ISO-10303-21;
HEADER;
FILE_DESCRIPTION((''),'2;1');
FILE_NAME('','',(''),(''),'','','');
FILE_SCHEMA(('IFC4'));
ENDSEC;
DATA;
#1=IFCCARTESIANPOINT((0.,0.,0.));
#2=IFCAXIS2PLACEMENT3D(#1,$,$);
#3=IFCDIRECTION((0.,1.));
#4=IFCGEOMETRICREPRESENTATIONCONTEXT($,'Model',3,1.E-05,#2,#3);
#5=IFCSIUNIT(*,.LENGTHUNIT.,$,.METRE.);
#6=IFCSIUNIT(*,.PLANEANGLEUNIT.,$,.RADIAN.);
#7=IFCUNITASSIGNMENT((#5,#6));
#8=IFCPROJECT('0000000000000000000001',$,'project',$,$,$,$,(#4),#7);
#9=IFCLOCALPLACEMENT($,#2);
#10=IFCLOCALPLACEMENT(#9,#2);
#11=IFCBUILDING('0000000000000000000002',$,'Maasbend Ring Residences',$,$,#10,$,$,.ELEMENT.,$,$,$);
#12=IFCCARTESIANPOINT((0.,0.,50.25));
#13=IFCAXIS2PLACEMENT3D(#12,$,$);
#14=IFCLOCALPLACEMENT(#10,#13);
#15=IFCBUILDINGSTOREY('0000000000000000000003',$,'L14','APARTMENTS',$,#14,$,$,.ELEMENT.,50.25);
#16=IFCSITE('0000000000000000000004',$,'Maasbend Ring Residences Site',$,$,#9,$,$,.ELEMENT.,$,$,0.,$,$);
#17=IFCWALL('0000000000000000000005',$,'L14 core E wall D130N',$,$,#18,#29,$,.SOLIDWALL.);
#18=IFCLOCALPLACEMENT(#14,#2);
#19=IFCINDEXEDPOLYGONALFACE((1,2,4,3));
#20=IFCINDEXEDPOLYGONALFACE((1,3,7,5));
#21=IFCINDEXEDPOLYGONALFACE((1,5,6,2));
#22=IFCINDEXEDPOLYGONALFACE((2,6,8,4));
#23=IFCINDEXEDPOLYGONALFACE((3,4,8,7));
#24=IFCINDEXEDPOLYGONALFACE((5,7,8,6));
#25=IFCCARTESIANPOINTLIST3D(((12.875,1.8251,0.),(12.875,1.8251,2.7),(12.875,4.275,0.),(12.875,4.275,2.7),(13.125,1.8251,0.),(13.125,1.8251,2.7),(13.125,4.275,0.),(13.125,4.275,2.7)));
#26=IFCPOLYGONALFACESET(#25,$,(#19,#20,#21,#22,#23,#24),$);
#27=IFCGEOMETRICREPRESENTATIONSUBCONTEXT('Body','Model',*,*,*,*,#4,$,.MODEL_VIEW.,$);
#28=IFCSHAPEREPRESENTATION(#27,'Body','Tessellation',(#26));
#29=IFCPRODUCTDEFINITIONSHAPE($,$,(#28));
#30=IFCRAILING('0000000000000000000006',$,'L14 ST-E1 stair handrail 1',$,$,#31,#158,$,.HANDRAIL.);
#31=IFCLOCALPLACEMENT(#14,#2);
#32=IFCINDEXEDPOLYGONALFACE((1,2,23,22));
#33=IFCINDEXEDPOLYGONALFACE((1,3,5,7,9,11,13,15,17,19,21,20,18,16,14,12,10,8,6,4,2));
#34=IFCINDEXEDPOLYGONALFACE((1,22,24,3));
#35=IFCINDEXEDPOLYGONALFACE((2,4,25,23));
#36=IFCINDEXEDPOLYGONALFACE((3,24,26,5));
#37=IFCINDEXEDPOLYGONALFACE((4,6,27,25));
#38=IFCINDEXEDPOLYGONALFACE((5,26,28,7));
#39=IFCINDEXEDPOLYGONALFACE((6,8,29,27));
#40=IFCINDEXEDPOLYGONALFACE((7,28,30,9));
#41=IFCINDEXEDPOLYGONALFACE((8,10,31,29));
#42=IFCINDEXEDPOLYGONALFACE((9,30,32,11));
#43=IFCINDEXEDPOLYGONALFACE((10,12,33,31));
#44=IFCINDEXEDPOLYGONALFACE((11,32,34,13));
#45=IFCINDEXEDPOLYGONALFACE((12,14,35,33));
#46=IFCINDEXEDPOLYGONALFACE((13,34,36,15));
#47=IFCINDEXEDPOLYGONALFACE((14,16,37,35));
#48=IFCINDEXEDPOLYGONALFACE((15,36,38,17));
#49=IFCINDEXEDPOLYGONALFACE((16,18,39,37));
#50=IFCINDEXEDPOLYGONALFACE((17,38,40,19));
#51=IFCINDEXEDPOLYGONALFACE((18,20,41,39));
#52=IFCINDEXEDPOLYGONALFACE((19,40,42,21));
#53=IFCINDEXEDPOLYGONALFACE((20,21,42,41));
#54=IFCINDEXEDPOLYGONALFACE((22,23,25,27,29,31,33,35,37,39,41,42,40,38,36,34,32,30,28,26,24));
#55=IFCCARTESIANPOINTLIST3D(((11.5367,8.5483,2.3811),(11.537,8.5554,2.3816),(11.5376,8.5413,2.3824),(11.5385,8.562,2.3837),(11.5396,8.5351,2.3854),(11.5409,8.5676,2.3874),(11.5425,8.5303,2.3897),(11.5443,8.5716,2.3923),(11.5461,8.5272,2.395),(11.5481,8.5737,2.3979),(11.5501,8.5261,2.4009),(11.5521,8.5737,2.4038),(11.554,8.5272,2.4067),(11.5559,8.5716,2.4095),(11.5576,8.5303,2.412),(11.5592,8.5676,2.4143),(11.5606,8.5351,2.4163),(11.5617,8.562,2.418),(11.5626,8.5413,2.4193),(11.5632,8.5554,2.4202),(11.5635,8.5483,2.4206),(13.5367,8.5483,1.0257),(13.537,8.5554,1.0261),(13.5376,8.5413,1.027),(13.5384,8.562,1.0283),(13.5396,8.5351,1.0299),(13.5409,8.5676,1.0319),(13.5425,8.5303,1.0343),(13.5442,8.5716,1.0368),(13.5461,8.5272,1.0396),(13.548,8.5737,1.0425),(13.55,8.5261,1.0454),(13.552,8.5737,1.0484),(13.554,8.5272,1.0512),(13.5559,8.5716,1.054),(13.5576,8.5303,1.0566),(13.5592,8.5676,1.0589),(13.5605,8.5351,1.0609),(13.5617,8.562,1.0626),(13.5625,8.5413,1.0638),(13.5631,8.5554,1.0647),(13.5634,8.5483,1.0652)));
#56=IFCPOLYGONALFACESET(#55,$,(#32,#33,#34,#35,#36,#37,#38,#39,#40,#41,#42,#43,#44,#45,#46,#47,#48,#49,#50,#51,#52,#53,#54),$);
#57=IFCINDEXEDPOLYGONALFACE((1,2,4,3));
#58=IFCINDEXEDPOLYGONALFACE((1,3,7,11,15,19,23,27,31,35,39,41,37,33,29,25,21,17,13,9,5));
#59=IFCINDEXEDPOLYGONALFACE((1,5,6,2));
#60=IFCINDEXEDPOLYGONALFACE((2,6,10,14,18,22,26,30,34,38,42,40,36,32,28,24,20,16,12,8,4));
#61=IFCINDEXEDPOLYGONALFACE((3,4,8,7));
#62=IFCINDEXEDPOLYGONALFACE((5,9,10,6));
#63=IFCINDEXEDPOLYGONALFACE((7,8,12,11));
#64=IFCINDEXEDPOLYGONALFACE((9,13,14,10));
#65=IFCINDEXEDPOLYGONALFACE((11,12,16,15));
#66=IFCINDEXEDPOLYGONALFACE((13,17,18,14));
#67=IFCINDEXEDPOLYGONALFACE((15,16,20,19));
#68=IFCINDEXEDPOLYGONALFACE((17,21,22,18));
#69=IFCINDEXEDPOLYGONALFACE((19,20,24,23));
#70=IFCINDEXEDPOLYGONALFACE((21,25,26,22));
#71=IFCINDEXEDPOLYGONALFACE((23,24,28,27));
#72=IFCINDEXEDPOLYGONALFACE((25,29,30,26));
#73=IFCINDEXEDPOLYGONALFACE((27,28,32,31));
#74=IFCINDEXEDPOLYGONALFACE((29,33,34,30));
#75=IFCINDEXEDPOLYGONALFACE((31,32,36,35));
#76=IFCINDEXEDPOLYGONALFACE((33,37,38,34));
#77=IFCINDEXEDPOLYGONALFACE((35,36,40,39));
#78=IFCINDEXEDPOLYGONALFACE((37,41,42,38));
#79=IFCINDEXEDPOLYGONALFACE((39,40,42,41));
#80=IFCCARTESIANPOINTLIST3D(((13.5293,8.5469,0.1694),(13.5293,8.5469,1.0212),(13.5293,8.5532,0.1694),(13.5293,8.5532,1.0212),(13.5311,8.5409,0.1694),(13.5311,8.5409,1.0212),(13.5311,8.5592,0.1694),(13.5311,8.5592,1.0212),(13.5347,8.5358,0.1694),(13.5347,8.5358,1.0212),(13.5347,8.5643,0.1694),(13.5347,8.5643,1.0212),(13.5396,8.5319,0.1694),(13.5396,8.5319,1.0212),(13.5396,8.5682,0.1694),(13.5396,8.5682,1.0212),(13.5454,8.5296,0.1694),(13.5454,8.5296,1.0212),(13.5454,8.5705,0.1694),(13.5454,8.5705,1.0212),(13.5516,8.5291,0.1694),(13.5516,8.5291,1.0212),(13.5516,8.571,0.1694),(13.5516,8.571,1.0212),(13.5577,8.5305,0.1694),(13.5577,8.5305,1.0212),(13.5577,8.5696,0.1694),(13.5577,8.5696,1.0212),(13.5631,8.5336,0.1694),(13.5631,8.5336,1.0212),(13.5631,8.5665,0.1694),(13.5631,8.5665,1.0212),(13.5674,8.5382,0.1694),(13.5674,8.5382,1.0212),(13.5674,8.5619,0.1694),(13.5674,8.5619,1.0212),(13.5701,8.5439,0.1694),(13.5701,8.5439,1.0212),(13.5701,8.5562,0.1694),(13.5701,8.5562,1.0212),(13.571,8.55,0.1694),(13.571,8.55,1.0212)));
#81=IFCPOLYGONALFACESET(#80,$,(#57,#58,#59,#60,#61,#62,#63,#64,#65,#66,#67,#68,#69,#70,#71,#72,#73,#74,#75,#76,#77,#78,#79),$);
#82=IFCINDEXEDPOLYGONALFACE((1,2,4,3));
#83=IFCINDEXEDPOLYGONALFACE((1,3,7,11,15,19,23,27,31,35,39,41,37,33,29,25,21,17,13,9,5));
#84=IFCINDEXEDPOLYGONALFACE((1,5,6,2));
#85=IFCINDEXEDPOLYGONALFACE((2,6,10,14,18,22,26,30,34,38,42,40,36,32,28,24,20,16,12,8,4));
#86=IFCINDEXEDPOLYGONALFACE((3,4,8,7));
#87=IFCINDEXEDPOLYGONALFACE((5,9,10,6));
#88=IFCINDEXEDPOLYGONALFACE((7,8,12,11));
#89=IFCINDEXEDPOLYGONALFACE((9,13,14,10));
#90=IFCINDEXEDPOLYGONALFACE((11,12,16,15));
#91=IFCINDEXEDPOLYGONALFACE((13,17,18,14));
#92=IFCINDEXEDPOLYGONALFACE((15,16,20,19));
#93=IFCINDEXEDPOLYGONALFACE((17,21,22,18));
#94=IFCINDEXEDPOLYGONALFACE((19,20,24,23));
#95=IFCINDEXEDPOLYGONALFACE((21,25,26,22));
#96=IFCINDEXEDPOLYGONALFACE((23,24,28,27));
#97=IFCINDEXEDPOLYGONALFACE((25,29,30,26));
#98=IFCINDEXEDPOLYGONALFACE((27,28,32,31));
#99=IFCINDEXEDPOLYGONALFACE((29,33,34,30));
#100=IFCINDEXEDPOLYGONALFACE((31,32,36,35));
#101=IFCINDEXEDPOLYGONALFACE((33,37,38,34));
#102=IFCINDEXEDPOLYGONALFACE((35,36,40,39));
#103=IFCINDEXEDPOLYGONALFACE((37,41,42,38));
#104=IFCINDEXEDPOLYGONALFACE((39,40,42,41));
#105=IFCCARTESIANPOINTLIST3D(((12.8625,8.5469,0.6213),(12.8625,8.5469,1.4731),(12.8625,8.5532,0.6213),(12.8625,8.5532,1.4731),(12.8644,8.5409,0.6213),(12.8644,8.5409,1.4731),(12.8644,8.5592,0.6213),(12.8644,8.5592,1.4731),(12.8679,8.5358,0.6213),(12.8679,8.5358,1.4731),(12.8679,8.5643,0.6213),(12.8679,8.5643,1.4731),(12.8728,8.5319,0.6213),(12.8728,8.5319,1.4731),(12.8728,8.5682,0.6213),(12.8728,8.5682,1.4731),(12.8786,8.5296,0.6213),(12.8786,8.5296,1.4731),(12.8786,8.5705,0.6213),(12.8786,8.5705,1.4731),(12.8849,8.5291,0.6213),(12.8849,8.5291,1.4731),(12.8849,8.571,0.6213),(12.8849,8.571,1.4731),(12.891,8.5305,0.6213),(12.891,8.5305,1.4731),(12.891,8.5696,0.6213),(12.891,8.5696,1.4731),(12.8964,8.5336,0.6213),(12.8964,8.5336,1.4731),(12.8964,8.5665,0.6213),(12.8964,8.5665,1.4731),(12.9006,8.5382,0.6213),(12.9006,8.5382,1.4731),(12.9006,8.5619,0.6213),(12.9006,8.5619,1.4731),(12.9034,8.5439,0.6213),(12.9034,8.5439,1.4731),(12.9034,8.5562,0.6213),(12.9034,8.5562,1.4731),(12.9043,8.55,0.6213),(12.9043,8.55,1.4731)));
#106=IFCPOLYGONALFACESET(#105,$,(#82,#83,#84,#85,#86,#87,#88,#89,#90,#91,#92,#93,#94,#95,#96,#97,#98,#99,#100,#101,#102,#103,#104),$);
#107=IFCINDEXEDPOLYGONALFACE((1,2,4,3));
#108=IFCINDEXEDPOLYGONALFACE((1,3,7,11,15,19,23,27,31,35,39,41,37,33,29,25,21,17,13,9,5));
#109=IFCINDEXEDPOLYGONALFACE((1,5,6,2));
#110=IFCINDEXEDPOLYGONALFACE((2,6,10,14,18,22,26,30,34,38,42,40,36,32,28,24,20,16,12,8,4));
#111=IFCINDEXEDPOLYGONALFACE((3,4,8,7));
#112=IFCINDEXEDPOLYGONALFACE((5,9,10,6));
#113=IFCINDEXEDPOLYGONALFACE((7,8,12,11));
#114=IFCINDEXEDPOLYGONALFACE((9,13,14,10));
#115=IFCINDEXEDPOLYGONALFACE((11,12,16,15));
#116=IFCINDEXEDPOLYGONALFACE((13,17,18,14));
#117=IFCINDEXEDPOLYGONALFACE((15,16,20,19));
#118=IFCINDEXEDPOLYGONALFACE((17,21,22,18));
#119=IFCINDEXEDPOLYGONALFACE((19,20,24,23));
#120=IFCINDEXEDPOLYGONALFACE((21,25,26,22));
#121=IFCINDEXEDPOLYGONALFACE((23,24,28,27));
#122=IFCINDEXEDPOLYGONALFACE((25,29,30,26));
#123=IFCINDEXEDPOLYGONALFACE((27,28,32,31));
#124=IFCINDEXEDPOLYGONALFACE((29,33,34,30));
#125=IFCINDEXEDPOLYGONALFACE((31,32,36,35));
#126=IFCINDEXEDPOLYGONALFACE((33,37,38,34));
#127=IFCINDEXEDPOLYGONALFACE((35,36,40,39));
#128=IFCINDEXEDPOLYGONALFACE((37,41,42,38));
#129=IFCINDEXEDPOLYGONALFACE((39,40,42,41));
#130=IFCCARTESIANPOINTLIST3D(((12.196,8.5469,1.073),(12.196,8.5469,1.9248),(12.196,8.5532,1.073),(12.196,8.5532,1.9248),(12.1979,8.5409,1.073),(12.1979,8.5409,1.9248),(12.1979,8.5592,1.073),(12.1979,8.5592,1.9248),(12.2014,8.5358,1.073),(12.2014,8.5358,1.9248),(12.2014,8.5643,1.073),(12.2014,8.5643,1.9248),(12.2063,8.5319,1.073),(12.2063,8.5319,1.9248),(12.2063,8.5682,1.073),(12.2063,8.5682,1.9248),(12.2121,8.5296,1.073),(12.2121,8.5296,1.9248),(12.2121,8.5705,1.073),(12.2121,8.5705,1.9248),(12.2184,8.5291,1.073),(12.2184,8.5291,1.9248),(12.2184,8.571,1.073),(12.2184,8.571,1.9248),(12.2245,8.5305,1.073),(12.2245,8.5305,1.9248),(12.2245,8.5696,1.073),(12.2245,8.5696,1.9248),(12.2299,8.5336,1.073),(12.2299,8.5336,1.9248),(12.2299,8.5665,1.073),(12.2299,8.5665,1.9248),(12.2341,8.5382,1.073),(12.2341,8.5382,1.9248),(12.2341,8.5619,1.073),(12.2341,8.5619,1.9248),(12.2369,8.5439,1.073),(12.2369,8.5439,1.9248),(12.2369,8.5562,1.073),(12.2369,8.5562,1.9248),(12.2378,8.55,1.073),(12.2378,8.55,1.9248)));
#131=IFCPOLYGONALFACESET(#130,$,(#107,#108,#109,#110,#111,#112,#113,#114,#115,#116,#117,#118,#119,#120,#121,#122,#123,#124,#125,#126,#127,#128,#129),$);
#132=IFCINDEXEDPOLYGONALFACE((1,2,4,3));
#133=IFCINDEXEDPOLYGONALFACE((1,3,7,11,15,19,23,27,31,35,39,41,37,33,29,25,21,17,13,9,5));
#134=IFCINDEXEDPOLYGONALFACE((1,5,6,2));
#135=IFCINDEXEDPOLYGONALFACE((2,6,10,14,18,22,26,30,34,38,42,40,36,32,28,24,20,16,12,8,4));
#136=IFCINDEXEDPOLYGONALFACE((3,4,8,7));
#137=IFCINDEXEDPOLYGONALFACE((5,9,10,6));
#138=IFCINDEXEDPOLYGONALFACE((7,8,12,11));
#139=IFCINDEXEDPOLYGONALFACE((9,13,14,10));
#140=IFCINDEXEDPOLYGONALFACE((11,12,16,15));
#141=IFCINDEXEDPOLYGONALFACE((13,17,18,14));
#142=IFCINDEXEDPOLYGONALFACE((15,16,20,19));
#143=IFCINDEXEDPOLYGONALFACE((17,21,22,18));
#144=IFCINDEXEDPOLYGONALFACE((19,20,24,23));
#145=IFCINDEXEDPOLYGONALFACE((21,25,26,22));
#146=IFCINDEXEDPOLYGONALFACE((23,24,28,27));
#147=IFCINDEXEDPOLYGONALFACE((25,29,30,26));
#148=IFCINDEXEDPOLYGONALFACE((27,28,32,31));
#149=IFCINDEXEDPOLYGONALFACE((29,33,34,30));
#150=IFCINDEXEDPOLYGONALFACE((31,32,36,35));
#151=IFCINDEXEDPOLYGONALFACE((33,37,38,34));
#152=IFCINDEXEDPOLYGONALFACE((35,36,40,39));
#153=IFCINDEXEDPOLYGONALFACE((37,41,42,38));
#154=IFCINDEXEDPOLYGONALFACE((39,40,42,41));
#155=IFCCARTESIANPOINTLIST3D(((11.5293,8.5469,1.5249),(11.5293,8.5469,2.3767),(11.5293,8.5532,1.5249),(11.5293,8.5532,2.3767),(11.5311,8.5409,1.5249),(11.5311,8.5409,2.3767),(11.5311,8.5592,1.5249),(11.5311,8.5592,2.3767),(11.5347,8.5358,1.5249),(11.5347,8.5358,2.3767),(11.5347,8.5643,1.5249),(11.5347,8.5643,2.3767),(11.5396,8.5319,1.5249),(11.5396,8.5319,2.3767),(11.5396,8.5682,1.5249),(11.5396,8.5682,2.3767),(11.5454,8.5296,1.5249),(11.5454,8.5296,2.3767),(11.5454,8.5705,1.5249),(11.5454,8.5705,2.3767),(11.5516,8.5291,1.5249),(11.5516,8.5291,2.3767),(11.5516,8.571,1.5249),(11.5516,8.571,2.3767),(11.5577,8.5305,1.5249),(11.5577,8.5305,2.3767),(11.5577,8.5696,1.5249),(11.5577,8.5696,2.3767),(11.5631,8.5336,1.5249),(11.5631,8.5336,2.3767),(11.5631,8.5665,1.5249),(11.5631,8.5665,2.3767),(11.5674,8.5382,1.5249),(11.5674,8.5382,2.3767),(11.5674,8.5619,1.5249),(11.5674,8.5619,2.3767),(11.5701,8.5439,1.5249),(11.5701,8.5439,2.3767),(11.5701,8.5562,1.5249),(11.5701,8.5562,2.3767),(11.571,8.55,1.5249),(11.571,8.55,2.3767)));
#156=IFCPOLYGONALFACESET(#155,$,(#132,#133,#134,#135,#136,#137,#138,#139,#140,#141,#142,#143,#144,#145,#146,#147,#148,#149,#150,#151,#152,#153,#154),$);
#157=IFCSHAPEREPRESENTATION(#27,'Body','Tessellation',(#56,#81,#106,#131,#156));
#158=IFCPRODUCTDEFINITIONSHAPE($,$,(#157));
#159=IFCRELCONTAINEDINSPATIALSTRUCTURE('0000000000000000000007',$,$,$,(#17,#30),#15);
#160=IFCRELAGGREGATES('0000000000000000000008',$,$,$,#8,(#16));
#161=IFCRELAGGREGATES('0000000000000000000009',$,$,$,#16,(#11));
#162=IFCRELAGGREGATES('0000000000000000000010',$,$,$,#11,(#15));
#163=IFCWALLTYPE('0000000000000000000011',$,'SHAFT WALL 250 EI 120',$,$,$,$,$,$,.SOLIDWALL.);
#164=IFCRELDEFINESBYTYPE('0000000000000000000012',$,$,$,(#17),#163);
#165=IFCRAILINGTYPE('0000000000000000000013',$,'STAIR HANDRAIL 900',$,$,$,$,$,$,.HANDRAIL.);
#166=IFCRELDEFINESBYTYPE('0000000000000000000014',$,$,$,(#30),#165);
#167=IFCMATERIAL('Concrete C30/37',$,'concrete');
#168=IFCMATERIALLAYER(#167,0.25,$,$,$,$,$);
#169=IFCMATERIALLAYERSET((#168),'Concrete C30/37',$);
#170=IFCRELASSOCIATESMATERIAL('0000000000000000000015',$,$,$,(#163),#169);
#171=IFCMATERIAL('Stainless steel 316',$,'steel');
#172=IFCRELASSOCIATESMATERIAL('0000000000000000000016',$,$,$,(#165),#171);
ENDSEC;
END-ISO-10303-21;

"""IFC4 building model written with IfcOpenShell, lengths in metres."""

from ifc_helpers import new_model, si_unit, direction, frame, frame_2d, origin, origin_2d, place, context, subcontext, project, spatial, rectangle, circle, extrude, material, layer, layer_set, type_object, element, save


model = new_model("IFC4")

# Units and contexts
model_context = context("Model", 3, precision=1e-05, world=origin(), true_north=direction((0.0, 1.0)))
body_context = subcontext(model_context, "Body", "Model", "MODEL_VIEW")
ifc_project = project(units=[si_unit("LENGTHUNIT", "METRE"), si_unit("PLANEANGLEUNIT", "RADIAN")], contexts=[model_context])

# Site, building, storey
site_placement = place(None, origin())
site = spatial("IfcSite", under=ifc_project, at=site_placement, Name="Maasbend Ring Residences Site", CompositionType="ELEMENT", RefElevation=0.0)
building_placement = place(site_placement, origin())
building = spatial("IfcBuilding", under=site, at=building_placement, Name="Maasbend Ring Residences", CompositionType="ELEMENT")
storey_placement = place(building_placement, frame((0.0, 0.0, 50.25)))
storey = spatial("IfcBuildingStorey", under=building, at=storey_placement, Name="L14", Description="APARTMENTS", CompositionType="ELEMENT", Elevation=50.25)

# Wall
ifc_material_1 = material(Name="Concrete C30/37", Category="concrete")
ifc_layer_1 = layer(ifc_material_1, 0.25)
ifc_layer_set_1 = layer_set([ifc_layer_1], Name="Concrete C30/37")
wall_type_1 = type_object("IfcWallType", Name="SHAFT WALL 250 EI 120", PredefinedType="SOLIDWALL", material=ifc_layer_set_1)
for number, where, z_axis, x_axis, name in (
    (1, (13.0, 1.825, 0.0), (0.0, 0.0, 1.0), (0.0, 1.0, 0.0), "L14 core E wall D130N"),
):
    element("IfcWall", number, at=place(storey_placement, frame(where, z_axis=z_axis, x_axis=x_axis)), inside=storey, type_object=wall_type_1, Name=name, PredefinedType="SOLIDWALL", context=body_context, shape_type="SweptSolid", body=[
        extrude(rectangle(XDim=2.45, YDim=0.25, at=frame_2d((1.2251, 0.0))), origin(), (0.0, 0.0, 1.0), 2.7),
    ])

# Railing
ifc_material_2 = material(Name="Stainless steel 316", Category="steel")
railing_type = type_object("IfcRailingType", Name="STAIR HANDRAIL 900", PredefinedType="HANDRAIL", material=ifc_material_2)
railing_1_placement = place(storey_placement, frame((13.55, 8.55, 0.1694)))
element("IfcRailing", 2, at=railing_1_placement, inside=storey, type_object=railing_type, Name="L14 ST-E1 stair handrail 1", PredefinedType="HANDRAIL", context=body_context, shape_type="SweptSolid", body=[
    extrude(circle(Radius=0.0239, at=origin_2d()), frame((0.0, 0.0, 0.876), z_axis=(-0.827798, 0.0, 0.561027), x_axis=(0.0, -1.0, 0.0)), (0.0, 0.0, 1.0), 2.416),
    extrude(circle(Radius=0.021, at=origin_2d()), origin(), (0.0, 0.0, 1.0), 0.8518),
    extrude(circle(Radius=0.021, at=origin_2d()), frame((-0.6667, 0.0, 0.4519)), (0.0, 0.0, 1.0), 0.8518),
    extrude(circle(Radius=0.021, at=origin_2d()), frame((-1.3333, 0.0, 0.9036)), (0.0, 0.0, 1.0), 0.8518),
    extrude(circle(Radius=0.021, at=origin_2d()), frame((-2.0, 0.0, 1.3555)), (0.0, 0.0, 1.0), 0.8518),
])

save(model, "model.ifc")
